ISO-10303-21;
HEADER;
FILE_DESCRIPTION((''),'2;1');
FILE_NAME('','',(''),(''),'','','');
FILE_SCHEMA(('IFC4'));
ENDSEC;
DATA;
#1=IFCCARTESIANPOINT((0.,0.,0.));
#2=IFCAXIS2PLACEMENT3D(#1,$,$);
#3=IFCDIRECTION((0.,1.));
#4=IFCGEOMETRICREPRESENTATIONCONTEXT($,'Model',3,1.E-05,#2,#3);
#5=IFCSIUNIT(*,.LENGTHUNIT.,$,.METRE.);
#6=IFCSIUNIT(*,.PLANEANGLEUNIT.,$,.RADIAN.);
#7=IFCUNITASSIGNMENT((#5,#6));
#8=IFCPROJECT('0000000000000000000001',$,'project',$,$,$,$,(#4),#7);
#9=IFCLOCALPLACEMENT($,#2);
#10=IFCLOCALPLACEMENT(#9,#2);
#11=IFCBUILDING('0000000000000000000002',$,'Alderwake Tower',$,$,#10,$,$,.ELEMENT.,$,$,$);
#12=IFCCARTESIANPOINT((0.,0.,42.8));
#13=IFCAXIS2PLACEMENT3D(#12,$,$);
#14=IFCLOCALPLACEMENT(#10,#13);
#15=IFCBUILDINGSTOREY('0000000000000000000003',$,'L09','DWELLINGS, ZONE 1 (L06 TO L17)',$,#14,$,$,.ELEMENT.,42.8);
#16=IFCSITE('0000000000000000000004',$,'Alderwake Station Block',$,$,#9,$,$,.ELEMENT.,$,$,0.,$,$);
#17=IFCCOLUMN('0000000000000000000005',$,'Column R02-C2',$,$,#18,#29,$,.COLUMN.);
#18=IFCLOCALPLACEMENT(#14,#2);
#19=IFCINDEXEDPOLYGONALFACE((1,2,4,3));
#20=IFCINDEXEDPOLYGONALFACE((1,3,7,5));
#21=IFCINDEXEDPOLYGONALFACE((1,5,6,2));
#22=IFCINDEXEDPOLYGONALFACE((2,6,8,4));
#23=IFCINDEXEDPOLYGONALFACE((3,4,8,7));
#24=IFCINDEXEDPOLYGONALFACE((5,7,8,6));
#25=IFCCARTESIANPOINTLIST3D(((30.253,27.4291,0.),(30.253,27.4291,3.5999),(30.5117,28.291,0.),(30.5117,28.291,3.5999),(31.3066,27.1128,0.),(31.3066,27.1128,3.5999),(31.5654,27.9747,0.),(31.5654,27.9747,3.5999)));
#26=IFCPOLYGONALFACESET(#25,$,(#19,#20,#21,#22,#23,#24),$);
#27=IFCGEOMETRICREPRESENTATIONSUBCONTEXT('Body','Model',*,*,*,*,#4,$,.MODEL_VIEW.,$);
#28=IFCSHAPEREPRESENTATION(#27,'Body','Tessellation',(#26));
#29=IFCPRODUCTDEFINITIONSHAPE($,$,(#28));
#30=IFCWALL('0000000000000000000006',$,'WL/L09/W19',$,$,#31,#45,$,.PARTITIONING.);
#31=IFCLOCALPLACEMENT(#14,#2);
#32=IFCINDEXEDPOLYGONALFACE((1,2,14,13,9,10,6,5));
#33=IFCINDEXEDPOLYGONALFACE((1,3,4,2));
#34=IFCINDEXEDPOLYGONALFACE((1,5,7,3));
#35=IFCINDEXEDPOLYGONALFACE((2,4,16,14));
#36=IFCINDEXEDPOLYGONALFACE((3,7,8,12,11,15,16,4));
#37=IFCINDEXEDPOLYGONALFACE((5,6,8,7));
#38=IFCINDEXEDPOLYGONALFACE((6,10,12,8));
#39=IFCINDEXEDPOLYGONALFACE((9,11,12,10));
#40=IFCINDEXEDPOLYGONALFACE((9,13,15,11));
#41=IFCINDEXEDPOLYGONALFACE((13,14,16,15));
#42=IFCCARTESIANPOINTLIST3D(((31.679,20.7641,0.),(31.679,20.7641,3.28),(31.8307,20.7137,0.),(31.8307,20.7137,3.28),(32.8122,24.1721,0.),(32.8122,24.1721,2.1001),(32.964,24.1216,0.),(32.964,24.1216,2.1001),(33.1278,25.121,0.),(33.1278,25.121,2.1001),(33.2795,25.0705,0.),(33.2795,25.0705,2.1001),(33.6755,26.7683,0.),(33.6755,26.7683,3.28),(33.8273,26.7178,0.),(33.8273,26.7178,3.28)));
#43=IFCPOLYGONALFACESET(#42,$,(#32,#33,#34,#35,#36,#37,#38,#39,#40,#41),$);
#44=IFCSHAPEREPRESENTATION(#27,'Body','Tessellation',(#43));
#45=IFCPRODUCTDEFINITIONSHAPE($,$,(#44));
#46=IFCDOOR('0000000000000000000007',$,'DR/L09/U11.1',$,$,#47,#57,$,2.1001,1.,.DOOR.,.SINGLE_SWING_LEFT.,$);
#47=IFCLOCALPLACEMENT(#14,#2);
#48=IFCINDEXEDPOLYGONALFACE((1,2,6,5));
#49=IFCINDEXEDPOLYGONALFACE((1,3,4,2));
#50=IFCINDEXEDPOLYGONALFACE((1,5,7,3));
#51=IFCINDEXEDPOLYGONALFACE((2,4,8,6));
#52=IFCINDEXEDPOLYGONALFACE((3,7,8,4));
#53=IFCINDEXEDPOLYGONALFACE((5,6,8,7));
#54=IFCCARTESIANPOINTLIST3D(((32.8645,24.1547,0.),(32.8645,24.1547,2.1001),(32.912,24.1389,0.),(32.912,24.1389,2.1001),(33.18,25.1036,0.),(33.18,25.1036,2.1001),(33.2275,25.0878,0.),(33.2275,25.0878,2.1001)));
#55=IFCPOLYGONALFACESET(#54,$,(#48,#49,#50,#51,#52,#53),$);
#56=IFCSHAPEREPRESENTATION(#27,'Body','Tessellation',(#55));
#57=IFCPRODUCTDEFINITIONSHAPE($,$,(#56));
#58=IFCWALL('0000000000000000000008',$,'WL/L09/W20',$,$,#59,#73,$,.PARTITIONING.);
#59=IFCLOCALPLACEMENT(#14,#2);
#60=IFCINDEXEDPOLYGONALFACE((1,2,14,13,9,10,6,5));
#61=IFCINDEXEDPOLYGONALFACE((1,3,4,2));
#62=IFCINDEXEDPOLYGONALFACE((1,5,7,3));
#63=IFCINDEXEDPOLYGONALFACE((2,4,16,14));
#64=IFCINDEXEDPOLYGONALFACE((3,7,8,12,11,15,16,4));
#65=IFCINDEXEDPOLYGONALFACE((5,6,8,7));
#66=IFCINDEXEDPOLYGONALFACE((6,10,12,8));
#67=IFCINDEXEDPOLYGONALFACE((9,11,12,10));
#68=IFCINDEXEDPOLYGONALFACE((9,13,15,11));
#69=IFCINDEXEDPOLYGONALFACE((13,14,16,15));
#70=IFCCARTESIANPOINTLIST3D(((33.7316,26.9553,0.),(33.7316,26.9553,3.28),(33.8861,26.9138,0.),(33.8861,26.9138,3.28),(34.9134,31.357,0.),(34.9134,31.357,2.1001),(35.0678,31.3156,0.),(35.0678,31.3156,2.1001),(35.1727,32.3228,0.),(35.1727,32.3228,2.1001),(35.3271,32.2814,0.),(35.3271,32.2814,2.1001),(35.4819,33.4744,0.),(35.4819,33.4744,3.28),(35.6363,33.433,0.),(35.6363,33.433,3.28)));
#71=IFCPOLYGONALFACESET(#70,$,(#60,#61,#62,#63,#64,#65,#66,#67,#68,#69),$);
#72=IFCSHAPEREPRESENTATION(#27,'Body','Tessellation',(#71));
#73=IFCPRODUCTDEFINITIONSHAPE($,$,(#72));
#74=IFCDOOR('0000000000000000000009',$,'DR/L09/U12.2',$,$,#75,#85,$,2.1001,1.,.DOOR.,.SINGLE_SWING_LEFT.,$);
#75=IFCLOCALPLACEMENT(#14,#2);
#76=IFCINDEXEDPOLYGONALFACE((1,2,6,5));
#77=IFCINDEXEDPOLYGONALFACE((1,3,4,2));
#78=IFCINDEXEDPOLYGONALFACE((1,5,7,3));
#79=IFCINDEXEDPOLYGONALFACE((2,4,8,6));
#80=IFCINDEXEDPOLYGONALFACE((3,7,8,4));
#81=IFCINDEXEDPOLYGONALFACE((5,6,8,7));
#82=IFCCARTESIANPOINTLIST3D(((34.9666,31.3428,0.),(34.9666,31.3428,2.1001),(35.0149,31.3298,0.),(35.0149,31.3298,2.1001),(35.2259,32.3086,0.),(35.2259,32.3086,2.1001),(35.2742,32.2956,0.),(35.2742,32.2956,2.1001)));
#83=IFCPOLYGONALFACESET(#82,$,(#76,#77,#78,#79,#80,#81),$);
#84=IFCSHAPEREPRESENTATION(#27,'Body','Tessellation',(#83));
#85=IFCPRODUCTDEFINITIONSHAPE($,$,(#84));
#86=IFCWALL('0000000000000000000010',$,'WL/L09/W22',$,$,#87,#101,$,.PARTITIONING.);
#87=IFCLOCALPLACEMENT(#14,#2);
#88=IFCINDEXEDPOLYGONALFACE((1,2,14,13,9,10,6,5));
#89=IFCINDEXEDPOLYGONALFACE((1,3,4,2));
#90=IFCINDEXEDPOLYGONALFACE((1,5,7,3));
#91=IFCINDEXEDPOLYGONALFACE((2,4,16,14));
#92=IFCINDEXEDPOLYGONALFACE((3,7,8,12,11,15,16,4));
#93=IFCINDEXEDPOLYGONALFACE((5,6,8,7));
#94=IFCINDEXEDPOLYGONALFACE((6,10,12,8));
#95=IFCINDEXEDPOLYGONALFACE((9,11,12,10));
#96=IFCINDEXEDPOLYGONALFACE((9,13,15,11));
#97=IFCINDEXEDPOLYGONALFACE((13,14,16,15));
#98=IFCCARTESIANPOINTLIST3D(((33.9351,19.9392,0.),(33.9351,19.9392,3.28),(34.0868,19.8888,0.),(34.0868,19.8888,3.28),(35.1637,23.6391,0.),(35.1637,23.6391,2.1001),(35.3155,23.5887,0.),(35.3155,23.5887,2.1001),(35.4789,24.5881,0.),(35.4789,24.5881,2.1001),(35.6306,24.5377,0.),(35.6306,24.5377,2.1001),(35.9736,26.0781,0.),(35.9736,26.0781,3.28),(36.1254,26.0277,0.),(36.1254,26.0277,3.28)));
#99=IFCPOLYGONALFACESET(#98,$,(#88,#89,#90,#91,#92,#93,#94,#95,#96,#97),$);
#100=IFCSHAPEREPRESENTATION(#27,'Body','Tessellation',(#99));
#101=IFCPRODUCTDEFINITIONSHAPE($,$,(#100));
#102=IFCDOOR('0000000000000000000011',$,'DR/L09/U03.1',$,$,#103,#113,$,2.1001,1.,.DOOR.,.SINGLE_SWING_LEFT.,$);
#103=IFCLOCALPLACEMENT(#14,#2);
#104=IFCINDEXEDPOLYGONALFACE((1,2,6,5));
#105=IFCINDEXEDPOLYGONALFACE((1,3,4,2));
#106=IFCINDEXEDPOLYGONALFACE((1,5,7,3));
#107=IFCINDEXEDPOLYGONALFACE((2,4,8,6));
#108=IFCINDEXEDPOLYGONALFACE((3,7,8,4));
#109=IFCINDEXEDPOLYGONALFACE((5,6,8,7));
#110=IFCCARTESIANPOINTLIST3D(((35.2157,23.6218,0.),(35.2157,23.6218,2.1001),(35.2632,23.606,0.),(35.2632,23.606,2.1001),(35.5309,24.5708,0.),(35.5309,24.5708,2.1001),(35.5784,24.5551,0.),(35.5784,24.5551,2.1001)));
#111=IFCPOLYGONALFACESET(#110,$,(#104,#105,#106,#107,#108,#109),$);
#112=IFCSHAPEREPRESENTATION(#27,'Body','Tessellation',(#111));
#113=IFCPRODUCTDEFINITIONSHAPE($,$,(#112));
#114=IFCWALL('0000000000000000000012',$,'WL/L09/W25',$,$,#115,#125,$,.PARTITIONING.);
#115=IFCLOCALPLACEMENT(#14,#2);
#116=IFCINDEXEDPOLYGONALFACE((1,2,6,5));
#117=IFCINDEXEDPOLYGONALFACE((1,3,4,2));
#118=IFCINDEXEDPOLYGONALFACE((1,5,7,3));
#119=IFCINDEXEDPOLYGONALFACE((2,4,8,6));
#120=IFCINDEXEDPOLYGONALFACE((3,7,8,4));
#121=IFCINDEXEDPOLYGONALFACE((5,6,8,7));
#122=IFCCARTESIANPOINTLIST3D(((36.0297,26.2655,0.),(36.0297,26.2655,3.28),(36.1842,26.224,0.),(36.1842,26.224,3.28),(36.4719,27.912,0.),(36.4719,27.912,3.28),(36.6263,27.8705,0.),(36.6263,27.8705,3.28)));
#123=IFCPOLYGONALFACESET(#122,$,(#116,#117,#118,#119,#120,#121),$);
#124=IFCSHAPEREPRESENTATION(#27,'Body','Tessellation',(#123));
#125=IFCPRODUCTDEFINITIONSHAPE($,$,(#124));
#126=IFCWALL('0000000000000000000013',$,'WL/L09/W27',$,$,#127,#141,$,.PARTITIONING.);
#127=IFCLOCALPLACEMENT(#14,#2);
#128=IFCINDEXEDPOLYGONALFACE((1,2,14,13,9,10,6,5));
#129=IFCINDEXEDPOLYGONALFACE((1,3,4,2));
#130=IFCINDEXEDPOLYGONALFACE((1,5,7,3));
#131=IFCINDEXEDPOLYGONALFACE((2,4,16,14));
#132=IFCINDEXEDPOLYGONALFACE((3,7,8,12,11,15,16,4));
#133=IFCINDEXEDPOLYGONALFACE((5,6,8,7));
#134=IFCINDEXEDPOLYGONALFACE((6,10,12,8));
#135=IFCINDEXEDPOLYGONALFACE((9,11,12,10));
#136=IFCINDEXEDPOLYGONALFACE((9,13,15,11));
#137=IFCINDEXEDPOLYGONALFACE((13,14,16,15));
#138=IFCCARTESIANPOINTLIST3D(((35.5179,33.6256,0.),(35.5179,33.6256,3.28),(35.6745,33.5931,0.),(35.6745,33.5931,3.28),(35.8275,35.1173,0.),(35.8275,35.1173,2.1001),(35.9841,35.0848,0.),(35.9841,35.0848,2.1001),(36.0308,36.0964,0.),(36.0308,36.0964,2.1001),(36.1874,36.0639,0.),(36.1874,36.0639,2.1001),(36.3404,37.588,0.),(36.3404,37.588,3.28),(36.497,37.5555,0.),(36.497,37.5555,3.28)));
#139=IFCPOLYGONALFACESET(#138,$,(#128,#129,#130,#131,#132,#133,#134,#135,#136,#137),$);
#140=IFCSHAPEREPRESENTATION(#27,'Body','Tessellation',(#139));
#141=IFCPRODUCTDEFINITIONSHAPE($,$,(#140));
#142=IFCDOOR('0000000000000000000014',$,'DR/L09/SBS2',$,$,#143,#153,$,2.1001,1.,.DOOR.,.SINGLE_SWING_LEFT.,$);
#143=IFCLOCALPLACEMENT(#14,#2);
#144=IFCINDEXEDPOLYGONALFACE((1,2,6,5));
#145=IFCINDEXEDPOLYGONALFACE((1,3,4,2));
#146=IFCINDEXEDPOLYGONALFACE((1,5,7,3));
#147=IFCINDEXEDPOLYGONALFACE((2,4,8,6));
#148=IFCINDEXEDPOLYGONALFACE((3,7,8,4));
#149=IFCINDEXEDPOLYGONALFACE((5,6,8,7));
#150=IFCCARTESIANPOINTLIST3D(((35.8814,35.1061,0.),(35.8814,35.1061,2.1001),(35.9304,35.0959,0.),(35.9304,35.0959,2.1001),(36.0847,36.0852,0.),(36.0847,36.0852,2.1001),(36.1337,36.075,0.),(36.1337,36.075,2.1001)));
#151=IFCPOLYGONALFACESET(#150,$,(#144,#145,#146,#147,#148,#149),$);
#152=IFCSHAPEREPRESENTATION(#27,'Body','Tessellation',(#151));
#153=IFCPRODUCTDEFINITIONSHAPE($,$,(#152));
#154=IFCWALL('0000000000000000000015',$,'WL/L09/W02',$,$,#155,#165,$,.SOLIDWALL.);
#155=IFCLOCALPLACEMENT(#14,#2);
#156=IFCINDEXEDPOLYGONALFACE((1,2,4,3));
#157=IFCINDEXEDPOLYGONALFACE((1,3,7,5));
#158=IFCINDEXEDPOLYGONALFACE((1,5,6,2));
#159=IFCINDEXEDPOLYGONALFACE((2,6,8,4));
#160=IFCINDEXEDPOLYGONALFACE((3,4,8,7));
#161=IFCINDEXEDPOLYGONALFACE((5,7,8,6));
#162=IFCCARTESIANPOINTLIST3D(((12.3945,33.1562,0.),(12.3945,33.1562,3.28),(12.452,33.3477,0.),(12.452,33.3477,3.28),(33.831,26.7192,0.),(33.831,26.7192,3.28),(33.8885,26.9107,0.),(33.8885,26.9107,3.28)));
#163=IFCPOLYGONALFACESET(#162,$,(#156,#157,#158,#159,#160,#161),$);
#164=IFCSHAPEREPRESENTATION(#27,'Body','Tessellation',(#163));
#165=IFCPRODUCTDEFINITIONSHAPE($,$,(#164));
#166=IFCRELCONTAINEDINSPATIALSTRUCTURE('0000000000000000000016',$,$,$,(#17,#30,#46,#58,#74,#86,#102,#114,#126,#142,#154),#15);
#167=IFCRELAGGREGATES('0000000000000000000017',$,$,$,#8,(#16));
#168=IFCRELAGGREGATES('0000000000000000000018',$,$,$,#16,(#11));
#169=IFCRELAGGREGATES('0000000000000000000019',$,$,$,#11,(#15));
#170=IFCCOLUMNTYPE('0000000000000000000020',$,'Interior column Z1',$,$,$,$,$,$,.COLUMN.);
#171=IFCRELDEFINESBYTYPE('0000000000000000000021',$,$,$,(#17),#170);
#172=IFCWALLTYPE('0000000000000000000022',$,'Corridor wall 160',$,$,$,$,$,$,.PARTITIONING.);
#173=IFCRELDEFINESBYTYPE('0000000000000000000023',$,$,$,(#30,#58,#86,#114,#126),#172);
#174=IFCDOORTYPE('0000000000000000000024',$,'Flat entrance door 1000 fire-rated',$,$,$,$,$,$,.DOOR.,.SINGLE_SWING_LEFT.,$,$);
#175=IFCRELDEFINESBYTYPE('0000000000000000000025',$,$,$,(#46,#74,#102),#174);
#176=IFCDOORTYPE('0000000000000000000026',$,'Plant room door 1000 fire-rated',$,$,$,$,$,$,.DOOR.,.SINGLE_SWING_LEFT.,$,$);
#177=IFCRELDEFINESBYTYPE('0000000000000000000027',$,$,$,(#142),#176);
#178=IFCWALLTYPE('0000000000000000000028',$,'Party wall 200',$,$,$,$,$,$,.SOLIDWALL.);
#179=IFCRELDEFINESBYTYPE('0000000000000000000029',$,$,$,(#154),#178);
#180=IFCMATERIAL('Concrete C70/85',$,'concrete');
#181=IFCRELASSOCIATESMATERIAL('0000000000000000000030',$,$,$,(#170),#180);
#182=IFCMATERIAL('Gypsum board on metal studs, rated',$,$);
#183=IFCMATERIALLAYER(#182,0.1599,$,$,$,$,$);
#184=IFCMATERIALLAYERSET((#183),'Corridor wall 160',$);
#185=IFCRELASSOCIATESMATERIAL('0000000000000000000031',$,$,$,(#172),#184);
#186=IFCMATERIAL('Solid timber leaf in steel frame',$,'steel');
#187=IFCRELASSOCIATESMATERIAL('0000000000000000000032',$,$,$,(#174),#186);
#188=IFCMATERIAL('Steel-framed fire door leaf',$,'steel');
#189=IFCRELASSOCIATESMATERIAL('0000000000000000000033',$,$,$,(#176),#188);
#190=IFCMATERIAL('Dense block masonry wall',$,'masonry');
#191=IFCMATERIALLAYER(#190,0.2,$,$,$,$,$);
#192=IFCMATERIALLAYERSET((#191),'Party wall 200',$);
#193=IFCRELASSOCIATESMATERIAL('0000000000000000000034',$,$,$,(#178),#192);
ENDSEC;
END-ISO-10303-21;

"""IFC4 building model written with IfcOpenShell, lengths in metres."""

from ifc_helpers import new_model, si_unit, direction, frame, frame_2d, origin, origin_2d, place, context, subcontext, project, spatial, rectangle, extrude, material, layer, layer_set, material_profile, profile_set, type_object, element, fill, save


model = new_model("IFC4")

# Units and contexts
model_context = context("Model", 3, precision=1e-05, world=origin(), true_north=direction((0.0, 1.0)))
body_context = subcontext(model_context, "Body", "Model", "MODEL_VIEW")
ifc_project = project(units=[si_unit("LENGTHUNIT", "METRE"), si_unit("PLANEANGLEUNIT", "RADIAN")], contexts=[model_context])

# Site, building, storey
site_placement = place(None, origin())
site = spatial("IfcSite", under=ifc_project, at=site_placement, Name="Alderwake Station Block", CompositionType="ELEMENT", RefElevation=0.0)
building_placement = place(site_placement, origin())
building = spatial("IfcBuilding", under=site, at=building_placement, Name="Alderwake Tower", CompositionType="ELEMENT")
storey_placement = place(building_placement, frame((0.0, 0.0, 42.8)))
storey = spatial("IfcBuildingStorey", under=building, at=storey_placement, Name="L09", Description="DWELLINGS, ZONE 1 (L06 TO L17)", CompositionType="ELEMENT", Elevation=42.8)

# Column
ifc_material_1 = material(Name="Concrete C70/85", Category="concrete")
ifc_material_profile = material_profile(ifc_material_1, rectangle(XDim=0.8999, YDim=1.1001, at=origin_2d()), Name="RC 1100X900")
ifc_profile_set = profile_set([ifc_material_profile], Name="Concrete C70/85")
column_type = type_object("IfcColumnType", Name="Interior column Z1", PredefinedType="COLUMN", material=ifc_profile_set)
column_placement = place(storey_placement, frame((30.9092, 27.7019, 0.0), z_axis=(0.0, 0.0, 1.0), x_axis=(0.287549, 0.957766, 0.0)))
element("IfcColumn", 1, at=column_placement, inside=storey, type_object=column_type, Name="Column R02-C2", PredefinedType="COLUMN", context=body_context, shape_type="SweptSolid", body=[
    extrude(rectangle(XDim=0.8999, YDim=1.1001, at=origin_2d()), origin(), (0.0, 0.0, 1.0), 3.5999),
])

# Walls, openings, doors
ifc_material_2 = material(Name="Gypsum board on metal studs, rated")
ifc_layer_1 = layer(ifc_material_2, 0.1599)
ifc_layer_set_1 = layer_set([ifc_layer_1], Name="Corridor wall 160")
wall_type_1 = type_object("IfcWallType", Name="Corridor wall 160", PredefinedType="PARTITIONING", material=ifc_layer_set_1)
wall_1_placement = place(storey_placement, frame((31.7549, 20.739, 0.0), z_axis=(0.0, 0.0, 1.0), x_axis=(0.315545, 0.948911, 0.0)))
wall_1 = element("IfcWall", 2, at=wall_1_placement, inside=storey, type_object=wall_type_1, Name="WL/L09/W19", PredefinedType="PARTITIONING", context=body_context, shape_type="SweptSolid", body=[
    extrude(rectangle(XDim=6.3274, YDim=0.1599, at=frame_2d((3.1636, 0.0))), origin(), (0.0, 0.0, 1.0), 3.28),
])
opening_1_placement = place(wall_1_placement, frame((3.5913, 0.0, 0.0)))
opening_1 = element("IfcOpeningElement", 3, at=opening_1_placement, cuts=wall_1, PredefinedType="OPENING", context=body_context, shape_type="SweptSolid", body=[
    extrude(rectangle(XDim=1.0, YDim=2.1001, at=frame_2d((0.5, 1.05))), frame((0.0, 0.0898, 0.0), z_axis=(0.0, -1.0, 0.0), x_axis=(1.0, 0.0, 0.0)), (0.0, 0.0, 1.0), 0.1799),
])
ifc_material_3 = material(Name="Solid timber leaf in steel frame", Category="steel")
door_type_1 = type_object("IfcDoorType", Name="Flat entrance door 1000 fire-rated", OperationType="SINGLE_SWING_LEFT", PredefinedType="DOOR", material=ifc_material_3)
door_1_placement = place(opening_1_placement, origin())
door_1 = element("IfcDoor", 4, at=door_1_placement, inside=storey, type_object=door_type_1, Name="DR/L09/U11.1", OperationType="SINGLE_SWING_LEFT", OverallHeight=2.1001, OverallWidth=1.0, PredefinedType="DOOR", context=body_context, shape_type="SweptSolid", body=[
    extrude(rectangle(XDim=1.0, YDim=2.1001, at=frame_2d((0.5, 1.05))), frame((0.0, 0.0249, 0.0), z_axis=(0.0, -1.0, 0.0), x_axis=(1.0, 0.0, 0.0)), (0.0, 0.0, 1.0), 0.05),
])
fill(opening_1, door_1)
wall_2_placement = place(storey_placement, frame((33.8088, 26.9346, 0.0), z_axis=(0.0, 0.0, 1.0), x_axis=(0.259299, 0.965797, 0.0)))
wall_2 = element("IfcWall", 5, at=wall_2_placement, inside=storey, type_object=wall_type_1, Name="WL/L09/W20", PredefinedType="PARTITIONING", context=body_context, shape_type="SweptSolid", body=[
    extrude(rectangle(XDim=6.75, YDim=0.1599, at=frame_2d((3.375, 0.0))), origin(), (0.0, 0.0, 1.0), 3.28),
])
opening_2_placement = place(wall_2_placement, frame((4.5576, 0.0, 0.0)))
opening_2 = element("IfcOpeningElement", 6, at=opening_2_placement, cuts=wall_2, PredefinedType="OPENING", context=body_context, shape_type="SweptSolid", body=[
    extrude(rectangle(XDim=1.0, YDim=2.1001, at=frame_2d((0.5, 1.05))), frame((0.0, 0.0898, 0.0), z_axis=(0.0, -1.0, 0.0), x_axis=(1.0, 0.0, 0.0)), (0.0, 0.0, 1.0), 0.1799),
])
door_2_placement = place(opening_2_placement, origin())
door_2 = element("IfcDoor", 7, at=door_2_placement, inside=storey, type_object=door_type_1, Name="DR/L09/U12.2", OperationType="SINGLE_SWING_LEFT", OverallHeight=2.1001, OverallWidth=1.0, PredefinedType="DOOR", context=body_context, shape_type="SweptSolid", body=[
    extrude(rectangle(XDim=1.0, YDim=2.1001, at=frame_2d((0.5, 1.05))), frame((0.0, 0.0249, 0.0), z_axis=(0.0, -1.0, 0.0), x_axis=(1.0, 0.0, 0.0)), (0.0, 0.0, 1.0), 0.05),
])
fill(opening_2, door_2)
wall_3_placement = place(storey_placement, frame((36.0496, 26.053, 0.0), z_axis=(0.0, 0.0, 1.0), x_axis=(-0.315152, -0.949041, 0.0)))
wall_3 = element("IfcWall", 8, at=wall_3_placement, inside=storey, type_object=wall_type_1, Name="WL/L09/W22", PredefinedType="PARTITIONING", context=body_context, shape_type="SweptSolid", body=[
    extrude(rectangle(XDim=6.4685, YDim=0.1599, at=frame_2d((3.2344, 0.0))), origin(), (0.0, 0.0, 1.0), 3.28),
])
opening_3_placement = place(wall_3_placement, frame((1.5701, 0.0, 0.0)))
opening_3 = element("IfcOpeningElement", 9, at=opening_3_placement, cuts=wall_3, PredefinedType="OPENING", context=body_context, shape_type="SweptSolid", body=[
    extrude(rectangle(XDim=1.0, YDim=2.1001, at=frame_2d((0.5, 1.05))), frame((0.0, 0.0898, 0.0), z_axis=(0.0, -1.0, 0.0), x_axis=(1.0, 0.0, 0.0)), (0.0, 0.0, 1.0), 0.1799),
])
door_3_placement = place(opening_3_placement, origin())
door_3 = element("IfcDoor", 10, at=door_3_placement, inside=storey, type_object=door_type_1, Name="DR/L09/U03.1", OperationType="SINGLE_SWING_LEFT", OverallHeight=2.1001, OverallWidth=1.0, PredefinedType="DOOR", context=body_context, shape_type="SweptSolid", body=[
    extrude(rectangle(XDim=1.0, YDim=2.1001, at=frame_2d((0.5, 1.05))), frame((0.0, 0.0249, 0.0), z_axis=(0.0, -1.0, 0.0), x_axis=(1.0, 0.0, 0.0)), (0.0, 0.0, 1.0), 0.05),
])
fill(opening_3, door_3)

# Wall
wall_4_placement = place(storey_placement, frame((36.1069, 26.2446, 0.0), z_axis=(0.0, 0.0, 1.0), x_axis=(0.259347, 0.965784, 0.0)))
element("IfcWall", 11, at=wall_4_placement, inside=storey, type_object=wall_type_1, Name="WL/L09/W25", PredefinedType="PARTITIONING", context=body_context, shape_type="SweptSolid", body=[
    extrude(rectangle(XDim=1.7048, YDim=0.1599, at=frame_2d((0.8525, 0.0))), origin(), (0.0, 0.0, 1.0), 3.28),
])

# Wall, opening, door
wall_5_placement = place(storey_placement, frame((35.5962, 33.6094, 0.0), z_axis=(0.0, 0.0, 1.0), x_axis=(0.203246, 0.979128, 0.0)))
wall_5 = element("IfcWall", 12, at=wall_5_placement, inside=storey, type_object=wall_type_1, Name="WL/L09/W27", PredefinedType="PARTITIONING", context=body_context, shape_type="SweptSolid", body=[
    extrude(rectangle(XDim=4.0469, YDim=0.1599, at=frame_2d((2.0234, 0.0))), origin(), (0.0, 0.0, 1.0), 3.28),
])
opening_4_placement = place(wall_5_placement, frame((1.5234, 0.0, 0.0)))
opening_4 = element("IfcOpeningElement", 13, at=opening_4_placement, cuts=wall_5, PredefinedType="OPENING", context=body_context, shape_type="SweptSolid", body=[
    extrude(rectangle(XDim=1.0, YDim=2.1001, at=frame_2d((0.5, 1.05))), frame((0.0, 0.0898, 0.0), z_axis=(0.0, -1.0, 0.0), x_axis=(1.0, 0.0, 0.0)), (0.0, 0.0, 1.0), 0.1799),
])
ifc_material_4 = material(Name="Steel-framed fire door leaf", Category="steel")
door_type_2 = type_object("IfcDoorType", Name="Plant room door 1000 fire-rated", OperationType="SINGLE_SWING_LEFT", PredefinedType="DOOR", material=ifc_material_4)
door_4_placement = place(opening_4_placement, origin())
door_4 = element("IfcDoor", 14, at=door_4_placement, inside=storey, type_object=door_type_2, Name="DR/L09/SBS2", OperationType="SINGLE_SWING_LEFT", OverallHeight=2.1001, OverallWidth=1.0, PredefinedType="DOOR", context=body_context, shape_type="SweptSolid", body=[
    extrude(rectangle(XDim=1.0, YDim=2.1001, at=frame_2d((0.5, 1.05))), frame((0.0, 0.0249, 0.0), z_axis=(0.0, -1.0, 0.0), x_axis=(1.0, 0.0, 0.0)), (0.0, 0.0, 1.0), 0.05),
])
fill(opening_4, door_4)

# Wall
ifc_material_5 = material(Name="Dense block masonry wall", Category="masonry")
ifc_layer_2 = layer(ifc_material_5, 0.2)
ifc_layer_set_2 = layer_set([ifc_layer_2], Name="Party wall 200")
wall_type_2 = type_object("IfcWallType", Name="Party wall 200", PredefinedType="SOLIDWALL", material=ifc_layer_set_2)
wall_6_placement = place(storey_placement, frame((33.8596, 26.8149, 0.0), z_axis=(0.0, 0.0, 1.0), x_axis=(-0.957752, 0.287596, 0.0)))
element("IfcWall", 15, at=wall_6_placement, inside=storey, type_object=wall_type_2, Name="WL/L09/W02", PredefinedType="SOLIDWALL", context=body_context, shape_type="SweptSolid", body=[
    extrude(rectangle(XDim=22.3821, YDim=0.2, at=frame_2d((11.1909, 0.0))), origin(), (0.0, 0.0, 1.0), 3.28),
])

save(model, "model.ifc")
